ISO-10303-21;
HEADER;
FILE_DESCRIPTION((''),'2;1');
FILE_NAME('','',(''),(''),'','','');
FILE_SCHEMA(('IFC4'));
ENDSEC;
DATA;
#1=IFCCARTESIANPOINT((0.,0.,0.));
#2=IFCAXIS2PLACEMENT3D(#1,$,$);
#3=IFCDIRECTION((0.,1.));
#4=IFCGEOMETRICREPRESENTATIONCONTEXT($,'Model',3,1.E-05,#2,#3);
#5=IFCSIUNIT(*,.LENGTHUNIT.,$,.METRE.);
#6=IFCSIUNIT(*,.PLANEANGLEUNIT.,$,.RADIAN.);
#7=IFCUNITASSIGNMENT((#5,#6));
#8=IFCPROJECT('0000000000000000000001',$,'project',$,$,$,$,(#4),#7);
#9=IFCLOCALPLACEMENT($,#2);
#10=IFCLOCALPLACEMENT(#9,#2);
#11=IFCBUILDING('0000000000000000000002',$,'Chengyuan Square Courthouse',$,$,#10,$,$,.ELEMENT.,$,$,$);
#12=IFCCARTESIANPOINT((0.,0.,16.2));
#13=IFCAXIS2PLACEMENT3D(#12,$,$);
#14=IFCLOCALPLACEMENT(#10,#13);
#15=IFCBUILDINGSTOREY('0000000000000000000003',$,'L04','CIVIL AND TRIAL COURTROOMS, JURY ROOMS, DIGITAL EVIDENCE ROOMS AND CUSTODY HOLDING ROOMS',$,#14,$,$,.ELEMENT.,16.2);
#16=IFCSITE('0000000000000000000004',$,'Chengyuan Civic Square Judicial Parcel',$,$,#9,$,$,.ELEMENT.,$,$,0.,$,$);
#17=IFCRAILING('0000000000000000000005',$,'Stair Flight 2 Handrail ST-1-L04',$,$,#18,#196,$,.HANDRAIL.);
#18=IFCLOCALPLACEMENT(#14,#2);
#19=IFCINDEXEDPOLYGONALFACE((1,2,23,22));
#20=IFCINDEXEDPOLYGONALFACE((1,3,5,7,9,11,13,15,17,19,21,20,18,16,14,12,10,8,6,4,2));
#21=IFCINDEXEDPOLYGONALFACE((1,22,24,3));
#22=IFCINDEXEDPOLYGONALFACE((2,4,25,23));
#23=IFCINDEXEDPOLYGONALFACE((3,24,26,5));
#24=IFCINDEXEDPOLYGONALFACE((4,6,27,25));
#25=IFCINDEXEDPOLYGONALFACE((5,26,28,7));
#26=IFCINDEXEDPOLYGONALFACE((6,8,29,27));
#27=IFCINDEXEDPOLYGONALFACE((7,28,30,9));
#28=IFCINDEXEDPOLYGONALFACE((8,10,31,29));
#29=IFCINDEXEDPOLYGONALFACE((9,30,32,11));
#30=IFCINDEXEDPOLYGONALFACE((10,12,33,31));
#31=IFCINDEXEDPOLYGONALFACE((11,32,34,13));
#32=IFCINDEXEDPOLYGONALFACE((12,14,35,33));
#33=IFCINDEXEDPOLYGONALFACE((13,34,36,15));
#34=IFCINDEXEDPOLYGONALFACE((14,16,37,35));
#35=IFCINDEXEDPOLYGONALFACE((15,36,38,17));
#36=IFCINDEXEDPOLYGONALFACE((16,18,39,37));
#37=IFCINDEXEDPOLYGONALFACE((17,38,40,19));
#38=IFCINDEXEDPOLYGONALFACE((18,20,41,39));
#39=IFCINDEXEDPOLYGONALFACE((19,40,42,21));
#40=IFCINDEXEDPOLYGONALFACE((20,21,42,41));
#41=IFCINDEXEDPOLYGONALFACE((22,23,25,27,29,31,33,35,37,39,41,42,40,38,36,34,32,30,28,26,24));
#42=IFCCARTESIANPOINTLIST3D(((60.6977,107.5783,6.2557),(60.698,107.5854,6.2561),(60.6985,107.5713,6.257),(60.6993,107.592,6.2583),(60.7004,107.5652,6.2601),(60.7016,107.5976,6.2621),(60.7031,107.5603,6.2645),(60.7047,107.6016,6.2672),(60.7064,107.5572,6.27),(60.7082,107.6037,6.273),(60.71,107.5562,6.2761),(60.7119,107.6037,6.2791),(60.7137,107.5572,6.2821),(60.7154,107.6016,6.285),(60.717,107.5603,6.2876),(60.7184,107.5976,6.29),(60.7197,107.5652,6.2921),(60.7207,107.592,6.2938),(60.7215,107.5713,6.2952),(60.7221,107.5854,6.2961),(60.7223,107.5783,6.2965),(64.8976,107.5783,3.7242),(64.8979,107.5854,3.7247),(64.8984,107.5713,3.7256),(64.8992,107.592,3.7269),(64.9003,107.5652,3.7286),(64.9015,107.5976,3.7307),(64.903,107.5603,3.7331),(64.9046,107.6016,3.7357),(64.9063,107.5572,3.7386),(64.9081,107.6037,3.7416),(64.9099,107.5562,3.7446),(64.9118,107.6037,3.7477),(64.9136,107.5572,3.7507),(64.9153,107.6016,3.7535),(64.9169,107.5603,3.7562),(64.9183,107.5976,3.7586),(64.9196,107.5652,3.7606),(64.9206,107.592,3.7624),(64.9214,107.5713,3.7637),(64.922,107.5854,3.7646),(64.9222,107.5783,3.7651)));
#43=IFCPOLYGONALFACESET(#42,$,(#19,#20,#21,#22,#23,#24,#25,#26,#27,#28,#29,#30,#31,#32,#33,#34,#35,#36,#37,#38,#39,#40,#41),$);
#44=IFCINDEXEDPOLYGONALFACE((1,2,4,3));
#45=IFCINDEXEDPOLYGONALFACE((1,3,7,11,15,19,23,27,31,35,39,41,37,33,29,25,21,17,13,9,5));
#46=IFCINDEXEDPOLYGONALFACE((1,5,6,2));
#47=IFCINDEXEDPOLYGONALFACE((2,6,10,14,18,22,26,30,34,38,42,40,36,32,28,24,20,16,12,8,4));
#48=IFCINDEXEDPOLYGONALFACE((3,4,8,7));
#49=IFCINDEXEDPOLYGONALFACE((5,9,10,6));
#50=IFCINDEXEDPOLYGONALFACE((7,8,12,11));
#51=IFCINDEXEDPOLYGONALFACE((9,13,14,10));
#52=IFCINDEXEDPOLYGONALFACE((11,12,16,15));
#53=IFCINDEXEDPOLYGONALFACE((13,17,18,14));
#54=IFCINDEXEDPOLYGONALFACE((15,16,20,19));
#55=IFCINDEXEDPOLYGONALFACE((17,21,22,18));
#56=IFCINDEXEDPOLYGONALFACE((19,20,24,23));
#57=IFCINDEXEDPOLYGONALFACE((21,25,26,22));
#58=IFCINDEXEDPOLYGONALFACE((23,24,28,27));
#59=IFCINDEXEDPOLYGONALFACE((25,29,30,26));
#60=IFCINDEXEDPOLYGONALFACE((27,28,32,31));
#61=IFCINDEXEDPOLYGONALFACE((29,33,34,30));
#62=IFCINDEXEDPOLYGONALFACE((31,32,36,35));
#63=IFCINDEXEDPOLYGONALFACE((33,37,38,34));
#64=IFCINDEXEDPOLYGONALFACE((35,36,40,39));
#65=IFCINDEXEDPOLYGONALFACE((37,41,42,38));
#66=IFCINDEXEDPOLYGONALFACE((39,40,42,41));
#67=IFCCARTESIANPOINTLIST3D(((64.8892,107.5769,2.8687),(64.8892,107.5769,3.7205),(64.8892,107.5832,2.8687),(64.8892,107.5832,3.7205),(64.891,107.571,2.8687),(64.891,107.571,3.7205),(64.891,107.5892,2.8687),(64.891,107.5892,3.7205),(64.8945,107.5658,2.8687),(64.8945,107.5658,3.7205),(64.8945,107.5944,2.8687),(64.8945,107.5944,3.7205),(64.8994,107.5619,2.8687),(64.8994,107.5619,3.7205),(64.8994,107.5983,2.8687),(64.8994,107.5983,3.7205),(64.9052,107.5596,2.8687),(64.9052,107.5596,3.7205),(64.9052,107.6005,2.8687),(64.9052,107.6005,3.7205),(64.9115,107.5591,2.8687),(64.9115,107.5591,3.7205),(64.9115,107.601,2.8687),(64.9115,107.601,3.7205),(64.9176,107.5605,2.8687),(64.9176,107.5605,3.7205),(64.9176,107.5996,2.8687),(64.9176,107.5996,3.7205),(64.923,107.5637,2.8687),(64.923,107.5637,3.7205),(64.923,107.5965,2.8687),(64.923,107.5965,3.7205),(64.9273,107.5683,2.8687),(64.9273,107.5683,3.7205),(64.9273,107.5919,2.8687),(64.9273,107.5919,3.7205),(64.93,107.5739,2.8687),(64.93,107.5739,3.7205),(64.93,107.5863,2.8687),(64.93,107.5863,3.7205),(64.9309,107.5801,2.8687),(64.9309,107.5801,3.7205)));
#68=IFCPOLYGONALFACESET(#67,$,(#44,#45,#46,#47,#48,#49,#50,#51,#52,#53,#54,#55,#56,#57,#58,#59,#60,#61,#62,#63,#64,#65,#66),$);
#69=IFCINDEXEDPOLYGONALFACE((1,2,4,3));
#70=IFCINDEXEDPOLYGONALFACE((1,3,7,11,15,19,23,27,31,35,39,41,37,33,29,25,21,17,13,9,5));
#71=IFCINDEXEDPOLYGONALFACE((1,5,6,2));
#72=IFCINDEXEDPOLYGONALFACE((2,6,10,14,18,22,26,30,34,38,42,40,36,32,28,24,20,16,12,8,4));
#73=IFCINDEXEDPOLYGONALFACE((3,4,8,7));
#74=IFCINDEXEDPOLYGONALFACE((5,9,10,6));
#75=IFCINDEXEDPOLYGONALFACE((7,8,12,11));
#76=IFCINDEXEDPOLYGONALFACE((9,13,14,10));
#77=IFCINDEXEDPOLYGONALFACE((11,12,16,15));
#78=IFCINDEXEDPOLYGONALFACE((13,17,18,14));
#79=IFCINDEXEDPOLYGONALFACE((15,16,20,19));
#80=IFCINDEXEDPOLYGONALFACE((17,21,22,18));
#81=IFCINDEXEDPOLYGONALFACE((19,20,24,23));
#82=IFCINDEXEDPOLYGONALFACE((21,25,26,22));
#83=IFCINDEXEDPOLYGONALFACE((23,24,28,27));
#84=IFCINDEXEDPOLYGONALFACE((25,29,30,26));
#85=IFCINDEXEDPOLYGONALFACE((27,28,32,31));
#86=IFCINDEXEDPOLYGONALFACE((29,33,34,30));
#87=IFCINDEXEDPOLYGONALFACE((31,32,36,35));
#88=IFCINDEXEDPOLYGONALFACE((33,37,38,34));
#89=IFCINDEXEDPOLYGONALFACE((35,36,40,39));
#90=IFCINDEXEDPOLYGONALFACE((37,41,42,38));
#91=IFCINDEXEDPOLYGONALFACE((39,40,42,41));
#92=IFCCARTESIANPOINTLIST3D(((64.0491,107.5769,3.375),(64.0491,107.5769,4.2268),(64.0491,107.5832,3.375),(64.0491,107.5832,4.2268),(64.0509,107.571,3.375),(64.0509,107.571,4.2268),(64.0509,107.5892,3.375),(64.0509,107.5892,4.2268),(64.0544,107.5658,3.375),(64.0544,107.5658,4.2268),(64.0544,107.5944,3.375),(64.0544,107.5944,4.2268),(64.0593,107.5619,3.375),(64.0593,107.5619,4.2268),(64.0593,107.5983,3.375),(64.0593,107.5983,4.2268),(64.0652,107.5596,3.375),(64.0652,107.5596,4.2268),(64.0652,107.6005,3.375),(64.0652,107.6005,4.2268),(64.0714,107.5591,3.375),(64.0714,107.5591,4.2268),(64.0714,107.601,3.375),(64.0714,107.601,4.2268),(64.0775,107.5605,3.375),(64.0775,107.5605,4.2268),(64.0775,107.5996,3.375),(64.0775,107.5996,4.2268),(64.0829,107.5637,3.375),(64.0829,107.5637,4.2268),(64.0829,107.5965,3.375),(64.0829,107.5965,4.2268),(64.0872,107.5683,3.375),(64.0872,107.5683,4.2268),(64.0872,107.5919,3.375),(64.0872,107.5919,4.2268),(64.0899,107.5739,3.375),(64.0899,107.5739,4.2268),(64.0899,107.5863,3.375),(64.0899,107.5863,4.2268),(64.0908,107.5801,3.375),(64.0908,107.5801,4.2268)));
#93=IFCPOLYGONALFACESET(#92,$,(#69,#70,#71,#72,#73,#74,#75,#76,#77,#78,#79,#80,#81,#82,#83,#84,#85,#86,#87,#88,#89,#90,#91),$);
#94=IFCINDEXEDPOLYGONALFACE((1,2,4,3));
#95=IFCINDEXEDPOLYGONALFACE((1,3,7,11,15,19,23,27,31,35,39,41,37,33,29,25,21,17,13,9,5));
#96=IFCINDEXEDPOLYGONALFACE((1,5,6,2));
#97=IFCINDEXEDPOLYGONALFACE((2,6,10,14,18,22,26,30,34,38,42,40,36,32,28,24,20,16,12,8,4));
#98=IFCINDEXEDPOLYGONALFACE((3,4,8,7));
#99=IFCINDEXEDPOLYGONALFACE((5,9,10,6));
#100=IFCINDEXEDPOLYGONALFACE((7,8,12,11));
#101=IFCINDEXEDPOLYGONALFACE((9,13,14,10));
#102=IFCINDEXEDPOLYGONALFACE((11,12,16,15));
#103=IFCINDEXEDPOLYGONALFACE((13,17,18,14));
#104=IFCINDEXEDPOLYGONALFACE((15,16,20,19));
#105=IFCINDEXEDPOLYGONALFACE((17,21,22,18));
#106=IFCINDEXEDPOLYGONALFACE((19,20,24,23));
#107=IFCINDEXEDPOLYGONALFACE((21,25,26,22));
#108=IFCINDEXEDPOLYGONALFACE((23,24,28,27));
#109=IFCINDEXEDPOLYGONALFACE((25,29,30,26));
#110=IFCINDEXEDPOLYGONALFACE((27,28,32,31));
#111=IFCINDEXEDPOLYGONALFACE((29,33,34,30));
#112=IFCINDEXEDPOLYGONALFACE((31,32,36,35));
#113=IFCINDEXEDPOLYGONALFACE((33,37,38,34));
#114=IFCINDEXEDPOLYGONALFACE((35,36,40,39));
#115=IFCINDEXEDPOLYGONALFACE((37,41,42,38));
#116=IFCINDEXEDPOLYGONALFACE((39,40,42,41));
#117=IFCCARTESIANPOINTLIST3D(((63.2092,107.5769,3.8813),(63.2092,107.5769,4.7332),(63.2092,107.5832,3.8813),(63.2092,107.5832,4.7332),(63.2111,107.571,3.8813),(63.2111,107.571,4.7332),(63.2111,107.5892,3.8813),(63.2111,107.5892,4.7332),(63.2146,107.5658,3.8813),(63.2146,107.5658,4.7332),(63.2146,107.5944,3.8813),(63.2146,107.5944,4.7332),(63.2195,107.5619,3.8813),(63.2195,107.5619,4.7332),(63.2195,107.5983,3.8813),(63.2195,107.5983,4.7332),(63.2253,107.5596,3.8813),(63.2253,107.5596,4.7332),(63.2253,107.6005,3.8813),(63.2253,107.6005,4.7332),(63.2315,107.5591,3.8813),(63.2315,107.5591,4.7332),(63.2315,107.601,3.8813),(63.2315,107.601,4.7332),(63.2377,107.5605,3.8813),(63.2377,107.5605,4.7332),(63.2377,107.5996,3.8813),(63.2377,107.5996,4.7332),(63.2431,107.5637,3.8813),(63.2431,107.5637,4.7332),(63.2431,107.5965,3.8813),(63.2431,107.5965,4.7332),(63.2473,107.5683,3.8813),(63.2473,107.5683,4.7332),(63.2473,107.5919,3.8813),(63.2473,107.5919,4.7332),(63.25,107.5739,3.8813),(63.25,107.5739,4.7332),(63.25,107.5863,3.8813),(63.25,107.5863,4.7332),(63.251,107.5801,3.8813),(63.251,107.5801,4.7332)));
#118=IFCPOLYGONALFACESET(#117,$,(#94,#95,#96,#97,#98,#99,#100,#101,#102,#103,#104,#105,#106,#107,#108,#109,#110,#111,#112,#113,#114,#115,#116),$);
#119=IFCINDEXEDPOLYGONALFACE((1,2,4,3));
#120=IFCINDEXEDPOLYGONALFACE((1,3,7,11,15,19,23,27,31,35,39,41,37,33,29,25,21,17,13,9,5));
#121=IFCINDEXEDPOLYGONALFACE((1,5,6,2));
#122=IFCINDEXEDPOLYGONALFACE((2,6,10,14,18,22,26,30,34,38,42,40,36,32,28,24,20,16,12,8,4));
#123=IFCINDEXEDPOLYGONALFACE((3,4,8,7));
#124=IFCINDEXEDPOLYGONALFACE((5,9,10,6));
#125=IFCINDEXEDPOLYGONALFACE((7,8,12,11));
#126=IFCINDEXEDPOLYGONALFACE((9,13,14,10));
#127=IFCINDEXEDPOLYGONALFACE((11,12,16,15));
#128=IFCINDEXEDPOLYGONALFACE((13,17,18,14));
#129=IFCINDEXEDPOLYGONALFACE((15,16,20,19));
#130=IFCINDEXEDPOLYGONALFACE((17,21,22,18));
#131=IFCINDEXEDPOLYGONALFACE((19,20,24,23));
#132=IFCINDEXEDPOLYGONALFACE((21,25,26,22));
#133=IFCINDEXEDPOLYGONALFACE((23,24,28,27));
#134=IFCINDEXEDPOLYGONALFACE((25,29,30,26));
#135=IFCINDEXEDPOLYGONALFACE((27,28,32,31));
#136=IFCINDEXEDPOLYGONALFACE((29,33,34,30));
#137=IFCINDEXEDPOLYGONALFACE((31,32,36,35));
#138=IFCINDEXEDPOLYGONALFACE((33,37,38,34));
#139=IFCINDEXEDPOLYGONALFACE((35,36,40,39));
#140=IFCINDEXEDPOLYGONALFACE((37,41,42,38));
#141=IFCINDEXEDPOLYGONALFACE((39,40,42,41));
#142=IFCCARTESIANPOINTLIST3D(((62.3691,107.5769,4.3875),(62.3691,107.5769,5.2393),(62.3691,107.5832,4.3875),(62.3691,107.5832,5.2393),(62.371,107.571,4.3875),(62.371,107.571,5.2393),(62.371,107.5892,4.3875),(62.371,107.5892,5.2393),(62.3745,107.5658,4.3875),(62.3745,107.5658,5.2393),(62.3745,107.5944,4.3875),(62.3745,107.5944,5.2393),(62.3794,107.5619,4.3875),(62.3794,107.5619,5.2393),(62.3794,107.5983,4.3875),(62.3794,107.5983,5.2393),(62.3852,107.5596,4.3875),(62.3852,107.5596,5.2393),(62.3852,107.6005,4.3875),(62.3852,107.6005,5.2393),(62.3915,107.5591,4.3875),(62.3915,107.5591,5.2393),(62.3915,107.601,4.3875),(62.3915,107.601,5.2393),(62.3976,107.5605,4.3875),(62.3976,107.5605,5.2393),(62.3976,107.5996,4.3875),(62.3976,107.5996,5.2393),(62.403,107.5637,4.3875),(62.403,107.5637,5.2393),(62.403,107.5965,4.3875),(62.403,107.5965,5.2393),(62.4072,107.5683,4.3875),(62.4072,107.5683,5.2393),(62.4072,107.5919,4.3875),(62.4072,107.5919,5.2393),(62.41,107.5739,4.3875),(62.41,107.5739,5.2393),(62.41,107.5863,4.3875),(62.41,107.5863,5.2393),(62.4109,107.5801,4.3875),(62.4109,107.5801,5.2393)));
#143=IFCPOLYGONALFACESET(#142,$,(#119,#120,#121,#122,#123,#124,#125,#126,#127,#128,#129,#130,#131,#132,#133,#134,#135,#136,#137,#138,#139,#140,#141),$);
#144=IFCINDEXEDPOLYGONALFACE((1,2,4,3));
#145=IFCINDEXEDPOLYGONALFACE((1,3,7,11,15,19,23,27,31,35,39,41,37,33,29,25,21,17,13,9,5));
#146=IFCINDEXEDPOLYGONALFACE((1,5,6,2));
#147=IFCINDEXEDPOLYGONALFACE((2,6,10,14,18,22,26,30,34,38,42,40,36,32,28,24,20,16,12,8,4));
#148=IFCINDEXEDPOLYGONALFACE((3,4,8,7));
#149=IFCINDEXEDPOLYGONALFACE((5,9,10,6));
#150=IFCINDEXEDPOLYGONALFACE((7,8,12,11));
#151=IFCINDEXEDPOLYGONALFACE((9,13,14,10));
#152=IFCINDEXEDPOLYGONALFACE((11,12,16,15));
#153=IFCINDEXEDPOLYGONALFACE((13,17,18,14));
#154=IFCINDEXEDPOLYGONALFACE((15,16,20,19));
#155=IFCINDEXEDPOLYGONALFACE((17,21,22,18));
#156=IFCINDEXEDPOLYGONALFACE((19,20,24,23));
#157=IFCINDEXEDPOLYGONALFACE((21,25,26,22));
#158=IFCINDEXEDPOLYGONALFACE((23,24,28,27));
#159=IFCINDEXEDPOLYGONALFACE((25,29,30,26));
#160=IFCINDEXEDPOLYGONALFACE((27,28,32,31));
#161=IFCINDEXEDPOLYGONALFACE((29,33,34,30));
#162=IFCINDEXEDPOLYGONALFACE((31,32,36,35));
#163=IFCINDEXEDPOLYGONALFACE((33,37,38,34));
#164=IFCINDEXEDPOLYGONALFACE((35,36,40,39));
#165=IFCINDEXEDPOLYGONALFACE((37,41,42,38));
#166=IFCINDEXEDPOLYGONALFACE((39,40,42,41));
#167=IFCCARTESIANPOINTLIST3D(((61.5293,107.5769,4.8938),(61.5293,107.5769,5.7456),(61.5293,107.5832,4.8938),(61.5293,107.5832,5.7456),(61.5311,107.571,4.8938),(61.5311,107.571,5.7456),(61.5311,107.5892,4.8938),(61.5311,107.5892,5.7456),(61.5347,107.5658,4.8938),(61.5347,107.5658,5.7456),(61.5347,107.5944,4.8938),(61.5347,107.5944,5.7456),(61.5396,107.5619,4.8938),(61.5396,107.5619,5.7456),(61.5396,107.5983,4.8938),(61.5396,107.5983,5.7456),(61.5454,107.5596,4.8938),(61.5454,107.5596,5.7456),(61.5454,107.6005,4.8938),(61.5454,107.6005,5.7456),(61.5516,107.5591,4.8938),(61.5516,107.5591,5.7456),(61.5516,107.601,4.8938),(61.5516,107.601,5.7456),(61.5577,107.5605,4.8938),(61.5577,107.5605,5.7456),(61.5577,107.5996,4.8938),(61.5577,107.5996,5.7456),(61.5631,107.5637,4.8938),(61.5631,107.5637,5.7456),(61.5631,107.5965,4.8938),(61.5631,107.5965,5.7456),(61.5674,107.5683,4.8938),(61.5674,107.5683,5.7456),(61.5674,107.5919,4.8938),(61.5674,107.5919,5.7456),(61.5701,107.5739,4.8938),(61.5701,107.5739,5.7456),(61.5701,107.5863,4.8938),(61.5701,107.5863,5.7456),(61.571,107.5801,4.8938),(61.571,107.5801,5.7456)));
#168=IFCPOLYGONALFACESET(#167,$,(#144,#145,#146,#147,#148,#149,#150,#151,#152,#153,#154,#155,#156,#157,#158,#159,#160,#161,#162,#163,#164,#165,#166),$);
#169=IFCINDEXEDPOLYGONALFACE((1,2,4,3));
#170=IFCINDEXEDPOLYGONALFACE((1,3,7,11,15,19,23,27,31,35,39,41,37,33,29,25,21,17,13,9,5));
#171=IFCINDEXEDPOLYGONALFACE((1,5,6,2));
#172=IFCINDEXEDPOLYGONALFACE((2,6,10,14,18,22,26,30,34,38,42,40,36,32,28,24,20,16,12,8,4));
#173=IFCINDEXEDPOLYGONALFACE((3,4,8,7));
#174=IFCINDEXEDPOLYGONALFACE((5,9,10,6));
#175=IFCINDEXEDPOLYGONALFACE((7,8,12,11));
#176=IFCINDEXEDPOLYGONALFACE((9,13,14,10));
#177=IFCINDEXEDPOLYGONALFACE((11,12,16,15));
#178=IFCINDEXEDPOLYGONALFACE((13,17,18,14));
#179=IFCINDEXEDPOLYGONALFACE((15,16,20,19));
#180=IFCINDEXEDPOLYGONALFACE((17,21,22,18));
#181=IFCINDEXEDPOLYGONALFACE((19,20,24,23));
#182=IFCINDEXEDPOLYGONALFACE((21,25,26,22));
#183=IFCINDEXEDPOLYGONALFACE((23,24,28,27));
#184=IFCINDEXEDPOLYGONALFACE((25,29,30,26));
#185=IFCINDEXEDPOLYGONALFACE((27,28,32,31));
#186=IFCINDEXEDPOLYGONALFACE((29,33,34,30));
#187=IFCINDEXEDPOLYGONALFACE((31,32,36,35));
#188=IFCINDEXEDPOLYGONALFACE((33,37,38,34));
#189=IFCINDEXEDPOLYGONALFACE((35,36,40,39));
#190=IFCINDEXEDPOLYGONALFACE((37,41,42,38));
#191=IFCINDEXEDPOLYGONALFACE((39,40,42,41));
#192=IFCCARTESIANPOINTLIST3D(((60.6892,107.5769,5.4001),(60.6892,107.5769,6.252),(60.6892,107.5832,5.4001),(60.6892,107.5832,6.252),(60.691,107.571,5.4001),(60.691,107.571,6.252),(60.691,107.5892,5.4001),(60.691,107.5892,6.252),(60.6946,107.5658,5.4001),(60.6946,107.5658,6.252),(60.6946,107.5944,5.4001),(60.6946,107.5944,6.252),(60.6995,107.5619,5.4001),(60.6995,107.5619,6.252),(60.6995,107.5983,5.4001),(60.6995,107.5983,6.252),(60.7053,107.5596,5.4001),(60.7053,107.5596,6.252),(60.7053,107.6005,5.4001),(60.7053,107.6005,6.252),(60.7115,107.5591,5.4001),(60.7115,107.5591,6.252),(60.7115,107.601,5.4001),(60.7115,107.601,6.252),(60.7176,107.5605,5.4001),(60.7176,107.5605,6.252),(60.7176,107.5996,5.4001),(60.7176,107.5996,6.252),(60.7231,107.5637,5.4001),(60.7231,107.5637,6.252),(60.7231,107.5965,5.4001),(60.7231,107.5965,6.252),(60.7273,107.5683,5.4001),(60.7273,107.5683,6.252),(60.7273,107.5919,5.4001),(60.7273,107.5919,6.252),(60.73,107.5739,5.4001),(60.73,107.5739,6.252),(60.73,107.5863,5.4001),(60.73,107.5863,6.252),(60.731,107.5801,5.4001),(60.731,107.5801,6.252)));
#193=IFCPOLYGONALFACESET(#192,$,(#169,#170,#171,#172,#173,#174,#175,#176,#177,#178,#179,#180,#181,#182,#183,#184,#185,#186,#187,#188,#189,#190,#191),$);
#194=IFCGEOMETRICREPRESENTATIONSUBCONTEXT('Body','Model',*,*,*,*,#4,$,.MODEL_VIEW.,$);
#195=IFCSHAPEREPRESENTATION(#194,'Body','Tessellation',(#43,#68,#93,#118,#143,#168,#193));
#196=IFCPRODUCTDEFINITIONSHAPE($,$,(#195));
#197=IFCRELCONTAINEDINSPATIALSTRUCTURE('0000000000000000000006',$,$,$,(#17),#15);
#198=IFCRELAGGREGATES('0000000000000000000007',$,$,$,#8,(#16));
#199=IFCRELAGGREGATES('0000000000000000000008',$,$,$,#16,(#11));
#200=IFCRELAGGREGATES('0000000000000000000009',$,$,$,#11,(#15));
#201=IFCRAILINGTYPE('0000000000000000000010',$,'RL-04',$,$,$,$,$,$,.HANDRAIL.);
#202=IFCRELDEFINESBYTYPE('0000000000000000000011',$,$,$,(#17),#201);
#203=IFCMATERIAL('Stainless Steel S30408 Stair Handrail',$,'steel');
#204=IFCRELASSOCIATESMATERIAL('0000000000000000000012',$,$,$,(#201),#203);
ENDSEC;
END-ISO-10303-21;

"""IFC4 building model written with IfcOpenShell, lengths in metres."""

from ifc_helpers import new_model, si_unit, direction, frame, origin, origin_2d, place, context, subcontext, project, spatial, circle, extrude, material, type_object, element, save


model = new_model("IFC4")

# Units and contexts
model_context = context("Model", 3, precision=1e-05, world=origin(), true_north=direction((0.0, 1.0)))
body_context = subcontext(model_context, "Body", "Model", "MODEL_VIEW")
ifc_project = project(units=[si_unit("LENGTHUNIT", "METRE"), si_unit("PLANEANGLEUNIT", "RADIAN")], contexts=[model_context])

# Site, building, storey
site_placement = place(None, origin())
site = spatial("IfcSite", under=ifc_project, at=site_placement, Name="Chengyuan Civic Square Judicial Parcel", CompositionType="ELEMENT", RefElevation=0.0)
building_placement = place(site_placement, origin())
building = spatial("IfcBuilding", under=site, at=building_placement, Name="Chengyuan Square Courthouse", CompositionType="ELEMENT")
storey_placement = place(building_placement, frame((0.0, 0.0, 16.2)))
storey = spatial("IfcBuildingStorey", under=building, at=storey_placement, Name="L04", Description="CIVIL AND TRIAL COURTROOMS, JURY ROOMS, DIGITAL EVIDENCE ROOMS AND CUSTODY HOLDING ROOMS", CompositionType="ELEMENT", Elevation=16.2)

# Railing
ifc_material_1 = material(Name="Stainless Steel S30408 Stair Handrail", Category="steel")
railing_type_1 = type_object("IfcRailingType", Name="RL-04", PredefinedType="HANDRAIL", material=ifc_material_1)
railing_1_placement = place(storey_placement, frame((64.9099, 107.5801, 2.8687)))
element("IfcRailing", 1, at=railing_1_placement, inside=storey, type_object=railing_type_1, Name="Stair Flight 2 Handrail ST-1-L04", PredefinedType="HANDRAIL", context=body_context, shape_type="SweptSolid", body=[
    extrude(circle(Radius=0.0239, at=origin_2d()), frame((0.0, 0.0, 0.876), z_axis=(-0.856454, 0.0, 0.516223), x_axis=(0.0, -1.0, 0.0)), (0.0, 0.0, 1.0), 4.9038),
    extrude(circle(Radius=0.021, at=origin_2d()), origin(), (0.0, 0.0, 1.0), 0.8518),
    extrude(circle(Radius=0.021, at=origin_2d()), frame((-0.8401, 0.0, 0.5063)), (0.0, 0.0, 1.0), 0.8518),
    extrude(circle(Radius=0.021, at=origin_2d()), frame((-1.6799, 0.0, 1.0127)), (0.0, 0.0, 1.0), 0.8518),
    extrude(circle(Radius=0.021, at=origin_2d()), frame((-2.52, 0.0, 1.5188)), (0.0, 0.0, 1.0), 0.8518),
    extrude(circle(Radius=0.021, at=origin_2d()), frame((-3.3599, 0.0, 2.0251)), (0.0, 0.0, 1.0), 0.8518),
    extrude(circle(Radius=0.021, at=origin_2d()), frame((-4.2, 0.0, 2.5315)), (0.0, 0.0, 1.0), 0.8518),
])

save(model, "model.ifc")
